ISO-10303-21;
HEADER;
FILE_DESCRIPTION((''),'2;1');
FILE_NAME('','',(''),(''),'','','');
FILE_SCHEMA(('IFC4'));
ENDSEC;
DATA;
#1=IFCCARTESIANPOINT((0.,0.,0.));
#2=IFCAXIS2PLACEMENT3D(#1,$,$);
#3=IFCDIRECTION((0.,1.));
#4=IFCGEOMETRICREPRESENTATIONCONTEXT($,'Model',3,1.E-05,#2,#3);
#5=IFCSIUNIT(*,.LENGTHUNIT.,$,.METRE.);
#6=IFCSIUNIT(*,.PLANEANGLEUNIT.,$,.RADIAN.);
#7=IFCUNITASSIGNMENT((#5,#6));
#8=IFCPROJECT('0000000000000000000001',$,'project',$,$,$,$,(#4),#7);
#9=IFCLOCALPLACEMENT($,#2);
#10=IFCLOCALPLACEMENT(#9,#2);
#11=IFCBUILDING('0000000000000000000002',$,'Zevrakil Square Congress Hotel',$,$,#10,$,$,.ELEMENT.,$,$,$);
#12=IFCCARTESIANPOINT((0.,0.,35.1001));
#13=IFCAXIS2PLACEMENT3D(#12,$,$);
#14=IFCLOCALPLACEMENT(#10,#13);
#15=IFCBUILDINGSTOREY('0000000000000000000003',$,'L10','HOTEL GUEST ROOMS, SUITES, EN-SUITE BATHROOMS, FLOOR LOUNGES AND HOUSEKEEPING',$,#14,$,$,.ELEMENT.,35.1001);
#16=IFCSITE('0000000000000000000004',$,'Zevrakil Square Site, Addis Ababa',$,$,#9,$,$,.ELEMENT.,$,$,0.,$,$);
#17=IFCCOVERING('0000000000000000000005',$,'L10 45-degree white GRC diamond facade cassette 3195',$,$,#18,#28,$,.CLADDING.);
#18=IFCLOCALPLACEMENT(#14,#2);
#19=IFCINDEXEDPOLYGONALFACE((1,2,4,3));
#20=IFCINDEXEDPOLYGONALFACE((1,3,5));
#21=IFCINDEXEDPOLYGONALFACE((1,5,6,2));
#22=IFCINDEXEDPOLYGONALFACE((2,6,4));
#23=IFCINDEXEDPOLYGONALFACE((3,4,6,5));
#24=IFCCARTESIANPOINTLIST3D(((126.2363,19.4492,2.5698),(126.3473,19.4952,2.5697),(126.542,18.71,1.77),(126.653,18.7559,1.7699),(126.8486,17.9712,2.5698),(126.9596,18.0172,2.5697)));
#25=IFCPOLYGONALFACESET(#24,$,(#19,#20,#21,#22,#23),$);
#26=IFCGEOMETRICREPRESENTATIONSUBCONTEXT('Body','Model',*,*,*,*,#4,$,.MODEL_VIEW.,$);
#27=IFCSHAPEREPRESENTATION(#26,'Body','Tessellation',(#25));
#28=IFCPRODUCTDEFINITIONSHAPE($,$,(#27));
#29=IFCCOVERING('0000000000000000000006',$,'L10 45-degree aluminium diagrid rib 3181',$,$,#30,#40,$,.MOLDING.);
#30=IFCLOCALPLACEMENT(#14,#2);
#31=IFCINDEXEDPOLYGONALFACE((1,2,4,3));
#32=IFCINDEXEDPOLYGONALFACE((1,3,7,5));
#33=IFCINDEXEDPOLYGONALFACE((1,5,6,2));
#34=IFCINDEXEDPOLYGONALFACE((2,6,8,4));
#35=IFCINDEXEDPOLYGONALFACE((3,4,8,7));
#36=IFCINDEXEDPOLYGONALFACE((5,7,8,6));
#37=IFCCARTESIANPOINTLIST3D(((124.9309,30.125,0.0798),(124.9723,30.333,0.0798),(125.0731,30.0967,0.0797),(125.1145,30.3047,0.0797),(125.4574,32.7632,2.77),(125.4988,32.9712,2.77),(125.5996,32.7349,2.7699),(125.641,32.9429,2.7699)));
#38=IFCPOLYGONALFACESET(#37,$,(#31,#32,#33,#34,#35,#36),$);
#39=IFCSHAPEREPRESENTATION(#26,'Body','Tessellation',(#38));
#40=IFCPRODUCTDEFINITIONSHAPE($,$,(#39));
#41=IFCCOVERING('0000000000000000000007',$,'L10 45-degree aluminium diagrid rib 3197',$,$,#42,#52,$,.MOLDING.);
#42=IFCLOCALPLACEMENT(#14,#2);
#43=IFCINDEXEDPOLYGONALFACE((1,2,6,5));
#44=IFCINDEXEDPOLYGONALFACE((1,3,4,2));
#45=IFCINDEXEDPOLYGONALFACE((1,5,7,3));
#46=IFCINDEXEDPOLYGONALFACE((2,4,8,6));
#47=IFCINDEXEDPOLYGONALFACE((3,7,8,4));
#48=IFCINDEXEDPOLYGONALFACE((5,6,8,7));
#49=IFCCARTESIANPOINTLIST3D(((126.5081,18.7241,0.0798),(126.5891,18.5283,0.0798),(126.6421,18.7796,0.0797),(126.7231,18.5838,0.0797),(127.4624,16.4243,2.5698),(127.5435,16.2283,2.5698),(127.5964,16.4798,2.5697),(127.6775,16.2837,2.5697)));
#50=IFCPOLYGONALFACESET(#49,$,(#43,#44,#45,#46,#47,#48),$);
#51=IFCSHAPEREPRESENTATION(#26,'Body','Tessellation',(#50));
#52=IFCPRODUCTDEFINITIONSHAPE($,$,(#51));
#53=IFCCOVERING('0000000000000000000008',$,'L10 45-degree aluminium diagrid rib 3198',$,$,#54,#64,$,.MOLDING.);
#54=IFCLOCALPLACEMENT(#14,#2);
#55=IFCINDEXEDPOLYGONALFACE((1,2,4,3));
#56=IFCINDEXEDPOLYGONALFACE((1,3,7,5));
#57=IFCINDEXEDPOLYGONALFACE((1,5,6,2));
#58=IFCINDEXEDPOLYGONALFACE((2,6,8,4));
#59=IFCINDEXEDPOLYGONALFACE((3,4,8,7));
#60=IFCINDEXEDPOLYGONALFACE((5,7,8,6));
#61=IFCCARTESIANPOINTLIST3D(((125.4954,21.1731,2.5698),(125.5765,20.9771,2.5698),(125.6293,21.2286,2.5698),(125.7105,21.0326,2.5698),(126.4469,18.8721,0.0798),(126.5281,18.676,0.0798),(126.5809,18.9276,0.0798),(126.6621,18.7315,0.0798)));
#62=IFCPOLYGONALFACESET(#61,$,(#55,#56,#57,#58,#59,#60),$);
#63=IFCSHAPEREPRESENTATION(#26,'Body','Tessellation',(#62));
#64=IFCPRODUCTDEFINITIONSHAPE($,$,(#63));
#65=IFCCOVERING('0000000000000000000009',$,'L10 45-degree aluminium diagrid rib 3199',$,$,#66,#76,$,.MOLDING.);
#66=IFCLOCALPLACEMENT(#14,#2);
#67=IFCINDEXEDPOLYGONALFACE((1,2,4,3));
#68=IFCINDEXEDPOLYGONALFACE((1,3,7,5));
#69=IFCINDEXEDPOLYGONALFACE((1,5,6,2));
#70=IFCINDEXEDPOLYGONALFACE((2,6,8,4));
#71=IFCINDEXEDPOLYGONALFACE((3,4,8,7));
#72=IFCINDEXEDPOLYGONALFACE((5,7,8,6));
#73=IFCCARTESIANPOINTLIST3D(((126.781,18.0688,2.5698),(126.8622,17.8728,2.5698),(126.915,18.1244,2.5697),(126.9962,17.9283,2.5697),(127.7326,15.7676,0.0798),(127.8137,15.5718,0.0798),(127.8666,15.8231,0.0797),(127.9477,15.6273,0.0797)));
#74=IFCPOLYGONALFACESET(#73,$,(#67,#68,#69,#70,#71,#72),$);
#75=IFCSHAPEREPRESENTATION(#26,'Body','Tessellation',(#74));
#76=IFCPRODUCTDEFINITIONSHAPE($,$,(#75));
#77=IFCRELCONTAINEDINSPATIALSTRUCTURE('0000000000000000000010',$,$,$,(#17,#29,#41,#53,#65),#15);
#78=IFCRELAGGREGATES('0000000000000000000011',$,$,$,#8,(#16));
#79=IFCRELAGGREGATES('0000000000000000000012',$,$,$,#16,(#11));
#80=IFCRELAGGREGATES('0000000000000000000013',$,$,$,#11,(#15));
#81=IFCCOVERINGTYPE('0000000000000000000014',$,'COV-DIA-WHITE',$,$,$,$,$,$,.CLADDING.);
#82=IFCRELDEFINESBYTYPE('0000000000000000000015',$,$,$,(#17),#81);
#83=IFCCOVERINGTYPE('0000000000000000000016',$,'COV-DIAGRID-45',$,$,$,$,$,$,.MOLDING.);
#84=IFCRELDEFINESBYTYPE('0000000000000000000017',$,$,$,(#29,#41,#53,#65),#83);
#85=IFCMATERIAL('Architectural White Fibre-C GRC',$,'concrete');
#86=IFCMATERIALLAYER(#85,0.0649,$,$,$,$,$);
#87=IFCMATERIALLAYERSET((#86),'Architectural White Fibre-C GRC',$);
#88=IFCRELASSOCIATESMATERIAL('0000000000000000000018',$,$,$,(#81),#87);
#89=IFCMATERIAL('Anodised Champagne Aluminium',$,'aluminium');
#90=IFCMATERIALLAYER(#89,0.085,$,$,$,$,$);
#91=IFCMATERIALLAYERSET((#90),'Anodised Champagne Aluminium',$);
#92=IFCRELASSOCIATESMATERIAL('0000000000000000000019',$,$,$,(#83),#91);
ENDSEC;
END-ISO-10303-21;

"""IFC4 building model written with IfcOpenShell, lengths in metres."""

from ifc_helpers import new_model, si_unit, direction, frame, origin, place, context, subcontext, project, spatial, polyline, outline, extrude, material, layer, layer_set, type_object, element, save


model = new_model("IFC4")

# Units and contexts
model_context = context("Model", 3, precision=1e-05, world=origin(), true_north=direction((0.0, 1.0)))
body_context = subcontext(model_context, "Body", "Model", "MODEL_VIEW")
ifc_project = project(units=[si_unit("LENGTHUNIT", "METRE"), si_unit("PLANEANGLEUNIT", "RADIAN")], contexts=[model_context])

# Site, building, storey
site_placement = place(None, origin())
site = spatial("IfcSite", under=ifc_project, at=site_placement, Name="Zevrakil Square Site, Addis Ababa", CompositionType="ELEMENT", RefElevation=0.0)
building_placement = place(site_placement, origin())
building = spatial("IfcBuilding", under=site, at=building_placement, Name="Zevrakil Square Congress Hotel", CompositionType="ELEMENT")
storey_placement = place(building_placement, frame((0.0, 0.0, 35.1001)))
storey = spatial("IfcBuildingStorey", under=building, at=storey_placement, Name="L10", Description="HOTEL GUEST ROOMS, SUITES, EN-SUITE BATHROOMS, FLOOR LOUNGES AND HOUSEKEEPING", CompositionType="ELEMENT", Elevation=35.1001)

# Coverings
ifc_material_1 = material(Name="Architectural White Fibre-C GRC", Category="concrete")
ifc_layer_1 = layer(ifc_material_1, 0.0649)
ifc_layer_set_1 = layer_set([ifc_layer_1], Name="Architectural White Fibre-C GRC")
covering_type_1 = type_object("IfcCoveringType", Name="COV-DIA-WHITE", PredefinedType="CLADDING", material=ifc_layer_set_1)
covering_1_placement = place(storey_placement, frame((126.542, 18.71, 1.77), z_axis=(-0.92386, -0.382729, 0.000681), x_axis=(-0.270212, 0.653515, 0.707039)))
element("IfcCovering", 1, at=covering_1_placement, inside=storey, type_object=covering_type_1, Name="L10 45-degree white GRC diamond facade cassette 3195", PredefinedType="CLADDING", context=body_context, shape_type="SweptSolid", body=[
    extrude(outline(polyline([(0.0, 0.0), (1.1312, 0.0), (-0.0002, -1.1311), (0.0, 0.0)])), origin(), (0.0, 0.0, -1.0), 0.1201),
])
ifc_material_2 = material(Name="Anodised Champagne Aluminium", Category="aluminium")
ifc_layer_2 = layer(ifc_material_2, 0.085)
ifc_layer_set_2 = layer_set([ifc_layer_2], Name="Anodised Champagne Aluminium")
covering_type_2 = type_object("IfcCoveringType", Name="COV-DIAGRID-45", PredefinedType="MOLDING", material=ifc_layer_set_2)
covering_2_placement = place(storey_placement, frame((125.4988, 32.9712, 2.77), z_axis=(-0.980779, 0.19512, 0.000598), x_axis=(-0.19512, -0.980779, 0.0)))
element("IfcCovering", 2, at=covering_2_placement, inside=storey, type_object=covering_type_2, Name="L10 45-degree aluminium diagrid rib 3181", PredefinedType="MOLDING", context=body_context, shape_type="SweptSolid", body=[
    extrude(outline(polyline([(0.0, 0.0), (0.2121, 0.0), (2.9023, -2.6902), (2.6902, -2.6902), (0.0, 0.0)])), origin(), (0.0, 0.0, -1.0), 0.145),
])
covering_3_placement = place(storey_placement, frame((126.5891, 18.5283, 0.0798), z_axis=(-0.924044, -0.382284, 0.001057), x_axis=(-0.382284, 0.924045, 0.0)))
element("IfcCovering", 3, at=covering_3_placement, inside=storey, type_object=covering_type_2, Name="L10 45-degree aluminium diagrid rib 3197", PredefinedType="MOLDING", context=body_context, shape_type="SweptSolid", body=[
    extrude(outline(polyline([(0.0, 0.0), (0.2119, 0.0), (-2.278, -2.49), (-2.4902, -2.49), (0.0, 0.0)])), origin(), (0.0, 0.0, -1.0), 0.145),
])
covering_4_placement = place(storey_placement, frame((125.4954, 21.1731, 2.5698), z_axis=(-0.923926, -0.382572, 0.000465), x_axis=(0.382572, -0.923926, 0.0)))
element("IfcCovering", 4, at=covering_4_placement, inside=storey, type_object=covering_type_2, Name="L10 45-degree aluminium diagrid rib 3198", PredefinedType="MOLDING", context=body_context, shape_type="SweptSolid", body=[
    extrude(outline(polyline([(0.0, 0.0), (0.2121, 0.0), (2.7022, -2.49), (2.49, -2.49), (0.0, 0.0)])), origin(), (0.0, 0.0, -1.0), 0.145),
])
covering_5_placement = place(storey_placement, frame((126.781, 18.0688, 2.5698), z_axis=(-0.923841, -0.382775, 0.000704), x_axis=(0.382775, -0.923841, 0.0)))
element("IfcCovering", 5, at=covering_5_placement, inside=storey, type_object=covering_type_2, Name="L10 45-degree aluminium diagrid rib 3199", PredefinedType="MOLDING", context=body_context, shape_type="SweptSolid", body=[
    extrude(outline(polyline([(0.0, 0.0), (0.2122, 0.0), (2.7022, -2.49), (2.4903, -2.49), (0.0, 0.0)])), origin(), (0.0, 0.0, -1.0), 0.145),
])

save(model, "model.ifc")
